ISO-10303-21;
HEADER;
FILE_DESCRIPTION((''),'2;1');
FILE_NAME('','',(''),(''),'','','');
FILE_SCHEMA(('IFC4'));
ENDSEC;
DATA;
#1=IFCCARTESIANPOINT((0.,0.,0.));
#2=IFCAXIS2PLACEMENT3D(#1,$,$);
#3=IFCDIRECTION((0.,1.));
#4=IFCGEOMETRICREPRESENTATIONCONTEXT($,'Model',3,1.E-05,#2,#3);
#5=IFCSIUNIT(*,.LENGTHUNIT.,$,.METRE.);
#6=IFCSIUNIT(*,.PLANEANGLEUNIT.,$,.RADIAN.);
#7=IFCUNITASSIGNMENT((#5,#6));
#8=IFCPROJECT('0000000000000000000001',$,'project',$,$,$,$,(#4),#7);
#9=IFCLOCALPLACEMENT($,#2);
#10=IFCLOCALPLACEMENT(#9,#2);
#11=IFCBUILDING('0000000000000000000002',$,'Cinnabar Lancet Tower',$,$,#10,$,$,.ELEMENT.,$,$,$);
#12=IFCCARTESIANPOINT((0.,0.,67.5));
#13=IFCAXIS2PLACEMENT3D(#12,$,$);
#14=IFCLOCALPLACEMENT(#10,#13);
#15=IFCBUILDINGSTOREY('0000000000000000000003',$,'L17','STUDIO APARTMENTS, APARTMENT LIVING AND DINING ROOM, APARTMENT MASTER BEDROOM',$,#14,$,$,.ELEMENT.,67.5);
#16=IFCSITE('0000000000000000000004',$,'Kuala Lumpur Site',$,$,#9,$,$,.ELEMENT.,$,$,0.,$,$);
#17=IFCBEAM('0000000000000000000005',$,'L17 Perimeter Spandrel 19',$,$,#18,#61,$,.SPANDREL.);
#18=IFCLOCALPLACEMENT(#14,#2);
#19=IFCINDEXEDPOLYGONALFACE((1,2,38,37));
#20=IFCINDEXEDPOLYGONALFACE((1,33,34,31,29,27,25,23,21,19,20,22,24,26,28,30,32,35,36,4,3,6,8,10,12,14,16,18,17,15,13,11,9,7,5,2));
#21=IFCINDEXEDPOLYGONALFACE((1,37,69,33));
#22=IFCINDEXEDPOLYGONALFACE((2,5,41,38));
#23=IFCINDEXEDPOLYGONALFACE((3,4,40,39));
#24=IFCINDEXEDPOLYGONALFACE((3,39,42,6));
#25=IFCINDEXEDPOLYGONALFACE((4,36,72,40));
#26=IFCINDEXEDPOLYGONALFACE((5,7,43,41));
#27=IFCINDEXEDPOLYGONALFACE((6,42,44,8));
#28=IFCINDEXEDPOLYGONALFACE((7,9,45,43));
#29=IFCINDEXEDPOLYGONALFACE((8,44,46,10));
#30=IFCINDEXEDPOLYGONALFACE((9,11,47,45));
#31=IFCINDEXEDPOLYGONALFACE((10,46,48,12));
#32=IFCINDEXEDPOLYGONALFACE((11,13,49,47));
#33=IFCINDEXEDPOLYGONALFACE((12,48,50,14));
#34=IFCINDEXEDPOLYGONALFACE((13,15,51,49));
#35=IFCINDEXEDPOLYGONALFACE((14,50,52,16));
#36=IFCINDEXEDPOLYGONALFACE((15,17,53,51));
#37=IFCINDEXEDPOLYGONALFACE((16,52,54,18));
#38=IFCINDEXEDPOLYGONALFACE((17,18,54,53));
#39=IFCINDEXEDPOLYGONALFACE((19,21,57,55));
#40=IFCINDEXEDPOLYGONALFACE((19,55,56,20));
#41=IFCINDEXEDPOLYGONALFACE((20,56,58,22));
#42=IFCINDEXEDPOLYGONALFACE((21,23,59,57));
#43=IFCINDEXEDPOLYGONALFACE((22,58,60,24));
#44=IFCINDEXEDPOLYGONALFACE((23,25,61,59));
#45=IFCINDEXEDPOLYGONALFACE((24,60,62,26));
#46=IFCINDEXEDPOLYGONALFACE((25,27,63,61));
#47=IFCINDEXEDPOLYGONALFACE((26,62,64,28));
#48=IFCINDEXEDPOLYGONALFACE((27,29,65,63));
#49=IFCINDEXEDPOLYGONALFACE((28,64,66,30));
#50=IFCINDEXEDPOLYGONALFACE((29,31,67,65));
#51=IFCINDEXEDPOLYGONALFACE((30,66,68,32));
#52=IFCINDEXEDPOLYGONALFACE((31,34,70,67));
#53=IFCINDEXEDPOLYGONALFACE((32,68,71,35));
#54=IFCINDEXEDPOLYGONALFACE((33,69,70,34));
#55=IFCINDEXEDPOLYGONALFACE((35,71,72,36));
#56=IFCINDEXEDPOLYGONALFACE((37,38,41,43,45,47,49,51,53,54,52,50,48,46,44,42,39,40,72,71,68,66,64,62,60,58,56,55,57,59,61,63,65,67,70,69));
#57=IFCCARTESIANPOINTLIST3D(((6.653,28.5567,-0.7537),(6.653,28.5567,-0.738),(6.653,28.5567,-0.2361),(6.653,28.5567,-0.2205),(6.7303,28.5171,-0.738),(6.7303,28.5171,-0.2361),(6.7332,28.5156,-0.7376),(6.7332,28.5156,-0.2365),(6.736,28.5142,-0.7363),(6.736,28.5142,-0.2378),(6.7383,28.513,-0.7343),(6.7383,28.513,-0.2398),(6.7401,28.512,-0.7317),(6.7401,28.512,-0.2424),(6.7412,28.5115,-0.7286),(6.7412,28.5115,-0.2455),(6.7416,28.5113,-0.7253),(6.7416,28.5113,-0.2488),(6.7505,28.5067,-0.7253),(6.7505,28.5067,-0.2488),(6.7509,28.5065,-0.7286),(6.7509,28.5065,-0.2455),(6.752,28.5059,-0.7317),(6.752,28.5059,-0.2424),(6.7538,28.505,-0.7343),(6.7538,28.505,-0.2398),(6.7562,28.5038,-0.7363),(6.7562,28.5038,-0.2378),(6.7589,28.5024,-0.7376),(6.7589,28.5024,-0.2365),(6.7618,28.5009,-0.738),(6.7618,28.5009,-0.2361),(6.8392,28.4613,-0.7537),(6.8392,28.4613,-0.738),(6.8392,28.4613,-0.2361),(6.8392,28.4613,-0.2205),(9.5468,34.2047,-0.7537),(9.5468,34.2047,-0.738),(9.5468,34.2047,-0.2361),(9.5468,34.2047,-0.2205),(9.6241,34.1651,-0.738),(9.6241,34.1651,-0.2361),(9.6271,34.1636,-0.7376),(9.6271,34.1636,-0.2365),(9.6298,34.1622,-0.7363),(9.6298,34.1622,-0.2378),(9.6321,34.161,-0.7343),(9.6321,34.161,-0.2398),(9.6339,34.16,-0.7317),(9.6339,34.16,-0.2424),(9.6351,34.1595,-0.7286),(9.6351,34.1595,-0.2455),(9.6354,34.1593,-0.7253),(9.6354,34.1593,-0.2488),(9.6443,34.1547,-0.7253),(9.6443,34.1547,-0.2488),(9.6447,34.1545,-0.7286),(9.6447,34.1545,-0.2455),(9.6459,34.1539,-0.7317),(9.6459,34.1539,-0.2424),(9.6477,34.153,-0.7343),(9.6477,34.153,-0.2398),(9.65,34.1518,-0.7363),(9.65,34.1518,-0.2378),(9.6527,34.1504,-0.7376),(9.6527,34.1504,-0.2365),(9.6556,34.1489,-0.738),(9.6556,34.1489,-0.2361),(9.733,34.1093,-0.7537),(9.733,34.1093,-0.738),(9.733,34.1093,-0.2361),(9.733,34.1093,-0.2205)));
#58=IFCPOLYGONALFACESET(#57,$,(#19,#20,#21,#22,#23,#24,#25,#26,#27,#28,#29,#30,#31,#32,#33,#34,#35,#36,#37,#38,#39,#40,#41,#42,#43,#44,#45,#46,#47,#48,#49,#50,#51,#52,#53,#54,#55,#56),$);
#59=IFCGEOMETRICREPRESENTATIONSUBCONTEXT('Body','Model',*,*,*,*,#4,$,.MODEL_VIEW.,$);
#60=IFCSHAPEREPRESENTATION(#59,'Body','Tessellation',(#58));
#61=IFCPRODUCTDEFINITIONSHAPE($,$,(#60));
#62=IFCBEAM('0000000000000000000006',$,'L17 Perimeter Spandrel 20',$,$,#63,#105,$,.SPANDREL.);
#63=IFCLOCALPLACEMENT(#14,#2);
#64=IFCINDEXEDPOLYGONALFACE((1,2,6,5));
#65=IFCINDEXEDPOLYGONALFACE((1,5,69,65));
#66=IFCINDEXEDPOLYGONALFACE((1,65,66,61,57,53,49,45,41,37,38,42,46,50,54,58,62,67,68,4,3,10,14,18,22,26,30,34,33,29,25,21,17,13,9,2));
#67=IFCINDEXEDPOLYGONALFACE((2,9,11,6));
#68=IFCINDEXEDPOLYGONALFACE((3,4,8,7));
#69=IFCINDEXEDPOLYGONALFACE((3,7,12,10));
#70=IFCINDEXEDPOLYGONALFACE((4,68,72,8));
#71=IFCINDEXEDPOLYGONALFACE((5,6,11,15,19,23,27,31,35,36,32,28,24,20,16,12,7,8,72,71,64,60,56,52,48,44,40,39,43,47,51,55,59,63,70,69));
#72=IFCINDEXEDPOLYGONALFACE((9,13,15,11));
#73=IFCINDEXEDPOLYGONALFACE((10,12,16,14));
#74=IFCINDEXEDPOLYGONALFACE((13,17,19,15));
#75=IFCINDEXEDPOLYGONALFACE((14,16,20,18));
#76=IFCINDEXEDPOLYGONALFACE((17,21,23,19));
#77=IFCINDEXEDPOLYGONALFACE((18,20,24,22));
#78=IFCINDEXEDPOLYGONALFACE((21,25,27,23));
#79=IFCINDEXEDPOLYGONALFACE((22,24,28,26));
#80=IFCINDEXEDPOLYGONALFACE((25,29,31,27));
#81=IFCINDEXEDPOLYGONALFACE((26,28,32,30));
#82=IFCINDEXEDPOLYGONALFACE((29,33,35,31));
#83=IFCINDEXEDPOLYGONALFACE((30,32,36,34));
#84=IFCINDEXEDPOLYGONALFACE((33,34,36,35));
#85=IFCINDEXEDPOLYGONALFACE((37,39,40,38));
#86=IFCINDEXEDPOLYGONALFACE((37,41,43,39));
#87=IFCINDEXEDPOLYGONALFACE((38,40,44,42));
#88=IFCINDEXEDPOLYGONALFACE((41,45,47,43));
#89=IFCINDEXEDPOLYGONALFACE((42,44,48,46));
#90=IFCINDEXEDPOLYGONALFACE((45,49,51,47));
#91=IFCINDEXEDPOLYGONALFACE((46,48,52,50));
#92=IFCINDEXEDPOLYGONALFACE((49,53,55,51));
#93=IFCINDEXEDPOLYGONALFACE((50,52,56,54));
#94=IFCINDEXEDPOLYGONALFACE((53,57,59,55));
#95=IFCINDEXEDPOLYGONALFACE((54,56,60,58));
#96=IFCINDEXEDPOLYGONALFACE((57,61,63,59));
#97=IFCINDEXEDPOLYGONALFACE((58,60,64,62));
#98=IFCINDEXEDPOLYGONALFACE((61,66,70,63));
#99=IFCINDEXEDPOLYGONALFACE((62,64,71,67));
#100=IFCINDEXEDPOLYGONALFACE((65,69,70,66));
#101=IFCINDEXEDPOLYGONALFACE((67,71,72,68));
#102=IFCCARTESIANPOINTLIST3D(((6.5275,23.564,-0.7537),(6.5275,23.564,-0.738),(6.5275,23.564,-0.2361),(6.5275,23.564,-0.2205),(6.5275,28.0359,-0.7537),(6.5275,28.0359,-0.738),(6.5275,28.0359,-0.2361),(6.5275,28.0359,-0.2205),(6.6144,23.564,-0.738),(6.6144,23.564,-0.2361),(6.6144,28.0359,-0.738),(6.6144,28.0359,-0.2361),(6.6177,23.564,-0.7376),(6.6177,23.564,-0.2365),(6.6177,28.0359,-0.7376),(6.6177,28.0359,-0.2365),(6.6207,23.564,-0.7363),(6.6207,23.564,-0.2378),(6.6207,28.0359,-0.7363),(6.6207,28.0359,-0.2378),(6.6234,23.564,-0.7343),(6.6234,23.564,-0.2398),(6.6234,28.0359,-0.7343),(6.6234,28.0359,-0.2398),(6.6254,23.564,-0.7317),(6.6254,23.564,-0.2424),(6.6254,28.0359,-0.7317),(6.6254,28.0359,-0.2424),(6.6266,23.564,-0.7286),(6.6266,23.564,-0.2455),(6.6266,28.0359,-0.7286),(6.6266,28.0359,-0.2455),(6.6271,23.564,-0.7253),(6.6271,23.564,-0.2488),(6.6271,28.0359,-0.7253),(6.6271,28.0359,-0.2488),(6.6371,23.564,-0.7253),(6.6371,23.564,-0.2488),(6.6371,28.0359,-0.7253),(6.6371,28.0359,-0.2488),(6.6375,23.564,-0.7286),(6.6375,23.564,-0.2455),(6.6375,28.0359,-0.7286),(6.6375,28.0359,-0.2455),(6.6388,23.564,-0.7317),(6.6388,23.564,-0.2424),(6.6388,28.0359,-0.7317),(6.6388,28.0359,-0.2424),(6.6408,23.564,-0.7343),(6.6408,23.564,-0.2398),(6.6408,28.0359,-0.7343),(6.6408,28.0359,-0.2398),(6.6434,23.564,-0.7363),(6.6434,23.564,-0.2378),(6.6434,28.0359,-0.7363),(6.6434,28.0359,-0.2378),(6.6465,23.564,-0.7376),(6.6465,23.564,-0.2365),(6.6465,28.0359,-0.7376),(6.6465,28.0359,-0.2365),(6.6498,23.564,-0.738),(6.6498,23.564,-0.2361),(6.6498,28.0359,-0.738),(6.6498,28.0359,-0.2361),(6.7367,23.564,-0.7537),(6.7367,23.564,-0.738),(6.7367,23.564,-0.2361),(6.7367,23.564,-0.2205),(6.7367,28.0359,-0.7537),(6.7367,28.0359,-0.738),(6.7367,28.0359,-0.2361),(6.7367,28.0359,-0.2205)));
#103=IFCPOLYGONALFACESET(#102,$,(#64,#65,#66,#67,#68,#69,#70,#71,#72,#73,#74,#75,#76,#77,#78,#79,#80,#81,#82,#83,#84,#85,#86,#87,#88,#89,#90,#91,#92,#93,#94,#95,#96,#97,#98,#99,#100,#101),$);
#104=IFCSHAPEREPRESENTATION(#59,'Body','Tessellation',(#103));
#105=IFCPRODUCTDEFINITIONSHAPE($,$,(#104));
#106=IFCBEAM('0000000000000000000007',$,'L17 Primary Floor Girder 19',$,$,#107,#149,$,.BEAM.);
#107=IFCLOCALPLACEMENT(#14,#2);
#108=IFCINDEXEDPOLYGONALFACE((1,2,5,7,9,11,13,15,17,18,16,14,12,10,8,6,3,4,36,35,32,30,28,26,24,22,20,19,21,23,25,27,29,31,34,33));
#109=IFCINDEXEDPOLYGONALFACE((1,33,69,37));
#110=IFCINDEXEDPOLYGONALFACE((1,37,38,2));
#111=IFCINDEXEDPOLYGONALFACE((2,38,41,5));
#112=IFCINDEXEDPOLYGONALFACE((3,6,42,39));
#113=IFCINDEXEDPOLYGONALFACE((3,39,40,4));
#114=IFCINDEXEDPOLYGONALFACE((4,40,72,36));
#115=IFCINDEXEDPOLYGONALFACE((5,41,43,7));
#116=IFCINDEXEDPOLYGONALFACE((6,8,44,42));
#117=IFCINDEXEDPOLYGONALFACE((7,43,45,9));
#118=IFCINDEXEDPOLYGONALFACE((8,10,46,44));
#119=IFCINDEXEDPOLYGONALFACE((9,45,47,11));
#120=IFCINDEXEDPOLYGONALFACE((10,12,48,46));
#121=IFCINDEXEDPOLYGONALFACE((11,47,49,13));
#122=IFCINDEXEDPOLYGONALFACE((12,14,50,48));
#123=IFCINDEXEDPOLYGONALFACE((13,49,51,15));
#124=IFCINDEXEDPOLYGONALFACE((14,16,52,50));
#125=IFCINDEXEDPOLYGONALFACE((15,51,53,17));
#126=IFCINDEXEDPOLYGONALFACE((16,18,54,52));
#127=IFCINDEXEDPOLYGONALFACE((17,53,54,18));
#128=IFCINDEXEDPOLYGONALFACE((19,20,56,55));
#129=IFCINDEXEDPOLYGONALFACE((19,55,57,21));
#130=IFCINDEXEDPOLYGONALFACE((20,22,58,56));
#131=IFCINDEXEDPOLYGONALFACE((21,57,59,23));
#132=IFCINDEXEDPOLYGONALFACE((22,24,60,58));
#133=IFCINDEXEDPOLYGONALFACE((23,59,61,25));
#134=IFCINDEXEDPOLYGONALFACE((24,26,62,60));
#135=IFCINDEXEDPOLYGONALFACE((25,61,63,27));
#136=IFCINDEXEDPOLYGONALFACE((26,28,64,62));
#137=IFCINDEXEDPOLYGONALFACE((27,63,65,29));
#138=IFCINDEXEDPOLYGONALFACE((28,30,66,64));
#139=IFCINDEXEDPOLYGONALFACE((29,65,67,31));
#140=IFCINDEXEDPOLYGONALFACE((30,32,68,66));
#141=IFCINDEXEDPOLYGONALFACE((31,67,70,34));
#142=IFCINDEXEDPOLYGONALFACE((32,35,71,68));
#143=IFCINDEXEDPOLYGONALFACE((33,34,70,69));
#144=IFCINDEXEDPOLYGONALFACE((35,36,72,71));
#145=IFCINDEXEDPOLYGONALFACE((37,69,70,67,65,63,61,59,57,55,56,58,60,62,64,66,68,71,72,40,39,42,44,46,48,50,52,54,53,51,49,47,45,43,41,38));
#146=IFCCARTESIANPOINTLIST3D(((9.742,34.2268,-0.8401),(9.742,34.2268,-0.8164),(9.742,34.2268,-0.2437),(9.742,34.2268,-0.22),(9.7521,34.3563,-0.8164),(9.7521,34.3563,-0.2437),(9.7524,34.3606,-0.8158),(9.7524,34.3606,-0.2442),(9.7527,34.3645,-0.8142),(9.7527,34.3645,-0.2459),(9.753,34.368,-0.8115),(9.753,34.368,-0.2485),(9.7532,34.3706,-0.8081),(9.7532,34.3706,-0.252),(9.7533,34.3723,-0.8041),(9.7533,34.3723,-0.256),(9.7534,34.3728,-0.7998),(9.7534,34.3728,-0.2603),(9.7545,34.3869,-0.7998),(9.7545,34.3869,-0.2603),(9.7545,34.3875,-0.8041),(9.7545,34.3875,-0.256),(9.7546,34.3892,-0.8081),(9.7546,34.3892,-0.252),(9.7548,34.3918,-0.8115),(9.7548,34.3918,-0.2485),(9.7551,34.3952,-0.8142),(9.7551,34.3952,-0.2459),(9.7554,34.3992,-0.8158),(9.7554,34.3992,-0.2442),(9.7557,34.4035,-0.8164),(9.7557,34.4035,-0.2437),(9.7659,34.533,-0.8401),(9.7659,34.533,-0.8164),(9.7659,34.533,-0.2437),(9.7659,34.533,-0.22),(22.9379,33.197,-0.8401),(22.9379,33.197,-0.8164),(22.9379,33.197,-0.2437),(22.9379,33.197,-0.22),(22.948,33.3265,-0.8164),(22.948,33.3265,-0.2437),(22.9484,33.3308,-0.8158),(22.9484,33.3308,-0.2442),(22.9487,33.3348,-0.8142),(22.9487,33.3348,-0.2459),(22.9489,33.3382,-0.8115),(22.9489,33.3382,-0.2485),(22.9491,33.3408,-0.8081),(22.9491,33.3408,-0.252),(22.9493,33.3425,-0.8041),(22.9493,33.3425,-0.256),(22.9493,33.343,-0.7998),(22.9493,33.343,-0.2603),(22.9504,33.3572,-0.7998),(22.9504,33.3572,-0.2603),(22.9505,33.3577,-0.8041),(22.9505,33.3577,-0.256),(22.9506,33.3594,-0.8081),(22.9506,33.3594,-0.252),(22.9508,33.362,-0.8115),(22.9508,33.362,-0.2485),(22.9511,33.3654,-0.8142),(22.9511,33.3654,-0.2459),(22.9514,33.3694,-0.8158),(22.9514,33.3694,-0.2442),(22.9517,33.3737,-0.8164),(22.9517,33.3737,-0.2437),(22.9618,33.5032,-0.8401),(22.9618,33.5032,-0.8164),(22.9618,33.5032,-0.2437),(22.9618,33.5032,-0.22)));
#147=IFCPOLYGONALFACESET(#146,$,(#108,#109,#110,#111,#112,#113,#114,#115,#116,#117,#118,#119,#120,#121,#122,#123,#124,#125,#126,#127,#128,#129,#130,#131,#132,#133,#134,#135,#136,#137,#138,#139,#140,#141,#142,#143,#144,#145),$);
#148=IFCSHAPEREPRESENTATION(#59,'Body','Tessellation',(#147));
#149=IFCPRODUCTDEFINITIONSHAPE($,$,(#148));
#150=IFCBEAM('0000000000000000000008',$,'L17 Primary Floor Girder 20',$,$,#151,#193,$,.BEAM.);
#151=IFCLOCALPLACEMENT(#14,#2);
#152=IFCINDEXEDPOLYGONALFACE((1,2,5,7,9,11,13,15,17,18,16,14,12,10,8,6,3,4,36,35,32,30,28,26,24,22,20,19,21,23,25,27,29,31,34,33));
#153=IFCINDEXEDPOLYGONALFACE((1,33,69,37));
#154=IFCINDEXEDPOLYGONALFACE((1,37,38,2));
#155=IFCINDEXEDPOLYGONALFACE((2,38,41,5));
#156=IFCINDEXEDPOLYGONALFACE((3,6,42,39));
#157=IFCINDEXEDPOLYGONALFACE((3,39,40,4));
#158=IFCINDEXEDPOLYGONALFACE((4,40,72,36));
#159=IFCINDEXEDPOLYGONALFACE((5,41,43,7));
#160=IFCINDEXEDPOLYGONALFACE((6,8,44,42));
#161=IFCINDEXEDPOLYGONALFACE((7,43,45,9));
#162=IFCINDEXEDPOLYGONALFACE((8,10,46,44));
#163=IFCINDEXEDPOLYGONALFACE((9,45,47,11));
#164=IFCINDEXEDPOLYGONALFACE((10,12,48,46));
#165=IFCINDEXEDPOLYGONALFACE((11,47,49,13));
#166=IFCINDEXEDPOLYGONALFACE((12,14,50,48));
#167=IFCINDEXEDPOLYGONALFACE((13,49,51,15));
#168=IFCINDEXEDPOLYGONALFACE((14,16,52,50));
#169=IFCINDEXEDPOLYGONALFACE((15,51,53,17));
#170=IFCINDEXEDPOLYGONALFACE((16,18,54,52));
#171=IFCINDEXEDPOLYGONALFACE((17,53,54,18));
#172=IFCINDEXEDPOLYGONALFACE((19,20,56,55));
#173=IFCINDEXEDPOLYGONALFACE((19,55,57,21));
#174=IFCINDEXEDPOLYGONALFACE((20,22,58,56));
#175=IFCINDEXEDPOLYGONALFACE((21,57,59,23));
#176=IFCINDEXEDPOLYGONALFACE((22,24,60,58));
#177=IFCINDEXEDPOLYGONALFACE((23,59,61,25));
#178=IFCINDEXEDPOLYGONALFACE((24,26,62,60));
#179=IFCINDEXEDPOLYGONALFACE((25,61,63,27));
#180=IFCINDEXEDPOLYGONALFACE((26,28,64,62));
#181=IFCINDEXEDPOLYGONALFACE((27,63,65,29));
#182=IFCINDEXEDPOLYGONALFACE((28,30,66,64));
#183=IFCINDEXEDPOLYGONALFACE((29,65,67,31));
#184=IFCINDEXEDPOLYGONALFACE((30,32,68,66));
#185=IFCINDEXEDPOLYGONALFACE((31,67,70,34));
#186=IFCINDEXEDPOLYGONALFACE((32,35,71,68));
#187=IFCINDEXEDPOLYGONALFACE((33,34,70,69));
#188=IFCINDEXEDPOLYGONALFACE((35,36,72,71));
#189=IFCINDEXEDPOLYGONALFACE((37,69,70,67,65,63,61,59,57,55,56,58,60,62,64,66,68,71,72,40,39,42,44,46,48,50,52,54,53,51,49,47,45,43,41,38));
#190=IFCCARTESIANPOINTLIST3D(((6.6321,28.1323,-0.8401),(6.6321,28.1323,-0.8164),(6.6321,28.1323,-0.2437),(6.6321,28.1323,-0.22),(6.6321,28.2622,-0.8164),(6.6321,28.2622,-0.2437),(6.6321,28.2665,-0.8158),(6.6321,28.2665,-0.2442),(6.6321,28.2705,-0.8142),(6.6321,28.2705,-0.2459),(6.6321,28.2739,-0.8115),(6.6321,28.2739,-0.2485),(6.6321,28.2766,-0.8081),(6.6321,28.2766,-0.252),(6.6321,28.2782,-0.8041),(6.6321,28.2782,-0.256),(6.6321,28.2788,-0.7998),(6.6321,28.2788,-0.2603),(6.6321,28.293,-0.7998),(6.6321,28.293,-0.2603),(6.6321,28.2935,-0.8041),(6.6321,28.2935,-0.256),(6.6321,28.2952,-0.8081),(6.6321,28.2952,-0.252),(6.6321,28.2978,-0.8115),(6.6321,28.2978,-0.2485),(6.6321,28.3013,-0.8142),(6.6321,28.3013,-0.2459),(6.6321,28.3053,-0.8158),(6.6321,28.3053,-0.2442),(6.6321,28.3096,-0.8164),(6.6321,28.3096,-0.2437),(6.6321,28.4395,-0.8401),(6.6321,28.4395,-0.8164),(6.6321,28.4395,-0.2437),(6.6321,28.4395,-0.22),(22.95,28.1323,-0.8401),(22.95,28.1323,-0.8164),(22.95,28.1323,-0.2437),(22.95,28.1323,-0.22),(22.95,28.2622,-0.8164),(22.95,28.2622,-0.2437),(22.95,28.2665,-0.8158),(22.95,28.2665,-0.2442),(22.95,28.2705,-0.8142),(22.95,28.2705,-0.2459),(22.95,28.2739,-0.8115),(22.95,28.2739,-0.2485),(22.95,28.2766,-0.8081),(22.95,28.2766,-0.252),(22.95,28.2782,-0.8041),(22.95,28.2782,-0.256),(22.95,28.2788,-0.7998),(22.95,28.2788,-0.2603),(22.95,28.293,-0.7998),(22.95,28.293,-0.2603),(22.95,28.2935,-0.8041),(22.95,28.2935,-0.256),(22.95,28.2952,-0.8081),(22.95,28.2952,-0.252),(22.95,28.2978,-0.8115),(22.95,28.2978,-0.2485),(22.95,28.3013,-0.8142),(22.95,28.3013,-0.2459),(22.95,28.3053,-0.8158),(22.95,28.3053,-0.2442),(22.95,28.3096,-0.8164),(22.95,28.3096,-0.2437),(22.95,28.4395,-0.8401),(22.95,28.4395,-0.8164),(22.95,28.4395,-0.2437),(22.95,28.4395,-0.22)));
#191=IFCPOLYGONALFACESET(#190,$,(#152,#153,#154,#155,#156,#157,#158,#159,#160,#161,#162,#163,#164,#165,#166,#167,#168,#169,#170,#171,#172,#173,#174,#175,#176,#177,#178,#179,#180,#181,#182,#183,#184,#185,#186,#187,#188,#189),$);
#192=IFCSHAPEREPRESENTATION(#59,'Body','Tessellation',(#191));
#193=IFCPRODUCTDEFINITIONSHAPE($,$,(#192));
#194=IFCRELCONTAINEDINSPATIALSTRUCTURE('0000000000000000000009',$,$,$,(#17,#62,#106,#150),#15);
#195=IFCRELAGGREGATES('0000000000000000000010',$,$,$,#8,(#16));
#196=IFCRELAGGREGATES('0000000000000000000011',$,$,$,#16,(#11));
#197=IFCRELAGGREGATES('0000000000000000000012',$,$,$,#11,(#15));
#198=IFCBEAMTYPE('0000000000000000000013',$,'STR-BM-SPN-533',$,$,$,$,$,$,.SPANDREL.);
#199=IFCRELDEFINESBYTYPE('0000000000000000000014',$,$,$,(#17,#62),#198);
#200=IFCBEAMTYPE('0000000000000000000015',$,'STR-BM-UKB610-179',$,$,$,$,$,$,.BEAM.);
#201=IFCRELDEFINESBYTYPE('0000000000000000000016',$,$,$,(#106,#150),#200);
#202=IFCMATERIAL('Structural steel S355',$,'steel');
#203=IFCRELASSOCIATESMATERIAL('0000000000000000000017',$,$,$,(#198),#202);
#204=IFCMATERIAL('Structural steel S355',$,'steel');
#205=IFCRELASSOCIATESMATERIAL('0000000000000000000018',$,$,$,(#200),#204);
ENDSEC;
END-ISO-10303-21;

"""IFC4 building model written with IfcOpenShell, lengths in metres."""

from ifc_helpers import new_model, si_unit, direction, frame, origin, origin_2d, place, context, subcontext, project, spatial, i_section, extrude, material, material_profile, profile_set, type_object, element, save


model = new_model("IFC4")

# Units and contexts
model_context = context("Model", 3, precision=1e-05, world=origin(), true_north=direction((0.0, 1.0)))
body_context = subcontext(model_context, "Body", "Model", "MODEL_VIEW")
ifc_project = project(units=[si_unit("LENGTHUNIT", "METRE"), si_unit("PLANEANGLEUNIT", "RADIAN")], contexts=[model_context])

# Site, building, storey
site_placement = place(None, origin())
site = spatial("IfcSite", under=ifc_project, at=site_placement, Name="Kuala Lumpur Site", CompositionType="ELEMENT", RefElevation=0.0)
building_placement = place(site_placement, origin())
building = spatial("IfcBuilding", under=site, at=building_placement, Name="Cinnabar Lancet Tower", CompositionType="ELEMENT")
storey_placement = place(building_placement, frame((0.0, 0.0, 67.5)))
storey = spatial("IfcBuildingStorey", under=building, at=storey_placement, Name="L17", Description="STUDIO APARTMENTS, APARTMENT LIVING AND DINING ROOM, APARTMENT MASTER BEDROOM", CompositionType="ELEMENT", Elevation=67.5)

# Beams
ifc_material_1 = material(Name="Structural steel S355", Category="steel")
ifc_material_profile_1 = material_profile(ifc_material_1, i_section(OverallWidth=0.2092, OverallDepth=0.5332, WebThickness=0.01, FlangeThickness=0.0156, FilletRadius=0.0127, at=origin_2d()), Name="UKB 533x210x92")
ifc_profile_set_1 = profile_set([ifc_material_profile_1], Name="Structural steel S355")
beam_type_1 = type_object("IfcBeamType", Name="STR-BM-SPN-533", PredefinedType="SPANDREL", material=ifc_profile_set_1)
beam_1_placement = place(storey_placement, frame((9.6399, 34.157, -0.4871), z_axis=(-0.455994, -0.889983, 0.0), x_axis=(0.889983, -0.455994, 0.0)))
element("IfcBeam", 1, at=beam_1_placement, inside=storey, type_object=beam_type_1, Name="L17 Perimeter Spandrel 19", PredefinedType="SPANDREL", context=body_context, shape_type="SweptSolid", body=[
    extrude(i_section(OverallWidth=0.2092, OverallDepth=0.5332, WebThickness=0.01, FlangeThickness=0.0156, FilletRadius=0.0127, at=origin_2d()), origin(), (0.0, 0.0, 1.0), 6.3462),
])
beam_2_placement = place(storey_placement, frame((6.6321, 28.0359, -0.4871), z_axis=(0.0, -1.0, 0.0), x_axis=(1.0, 0.0, 0.0)))
element("IfcBeam", 2, at=beam_2_placement, inside=storey, type_object=beam_type_1, Name="L17 Perimeter Spandrel 20", PredefinedType="SPANDREL", context=body_context, shape_type="SweptSolid", body=[
    extrude(i_section(OverallWidth=0.2092, OverallDepth=0.5332, WebThickness=0.01, FlangeThickness=0.0156, FilletRadius=0.0127, at=origin_2d()), origin(), (0.0, 0.0, 1.0), 4.4719),
])
ifc_material_2 = material(Name="Structural steel S355", Category="steel")
ifc_material_profile_2 = material_profile(ifc_material_2, i_section(OverallWidth=0.3071, OverallDepth=0.6201, WebThickness=0.0142, FlangeThickness=0.0237, FilletRadius=0.0166, at=origin_2d()), Name="UKB 610x305x179")
ifc_profile_set_2 = profile_set([ifc_material_profile_2], Name="Structural steel S355")
beam_type_2 = type_object("IfcBeamType", Name="STR-BM-UKB610-179", PredefinedType="BEAM", material=ifc_profile_set_2)
beam_3_placement = place(storey_placement, frame((9.7539, 34.3799, -0.53), z_axis=(0.996969, -0.077801, 0.0), x_axis=(0.077801, 0.996969, 0.0)))
element("IfcBeam", 3, at=beam_3_placement, inside=storey, type_object=beam_type_2, Name="L17 Primary Floor Girder 19", PredefinedType="BEAM", context=body_context, shape_type="SweptSolid", body=[
    extrude(i_section(OverallWidth=0.3071, OverallDepth=0.6201, WebThickness=0.0142, FlangeThickness=0.0237, FilletRadius=0.0166, at=origin_2d()), origin(), (0.0, 0.0, 1.0), 13.2361),
])
beam_4_placement = place(storey_placement, frame((6.6321, 28.2859, -0.53), z_axis=(1.0, 0.0, 0.0), x_axis=(0.0, 1.0, 0.0)))
element("IfcBeam", 4, at=beam_4_placement, inside=storey, type_object=beam_type_2, Name="L17 Primary Floor Girder 20", PredefinedType="BEAM", context=body_context, shape_type="SweptSolid", body=[
    extrude(i_section(OverallWidth=0.3071, OverallDepth=0.6201, WebThickness=0.0142, FlangeThickness=0.0237, FilletRadius=0.0166, at=origin_2d()), origin(), (0.0, 0.0, 1.0), 16.3179),
])

save(model, "model.ifc")
